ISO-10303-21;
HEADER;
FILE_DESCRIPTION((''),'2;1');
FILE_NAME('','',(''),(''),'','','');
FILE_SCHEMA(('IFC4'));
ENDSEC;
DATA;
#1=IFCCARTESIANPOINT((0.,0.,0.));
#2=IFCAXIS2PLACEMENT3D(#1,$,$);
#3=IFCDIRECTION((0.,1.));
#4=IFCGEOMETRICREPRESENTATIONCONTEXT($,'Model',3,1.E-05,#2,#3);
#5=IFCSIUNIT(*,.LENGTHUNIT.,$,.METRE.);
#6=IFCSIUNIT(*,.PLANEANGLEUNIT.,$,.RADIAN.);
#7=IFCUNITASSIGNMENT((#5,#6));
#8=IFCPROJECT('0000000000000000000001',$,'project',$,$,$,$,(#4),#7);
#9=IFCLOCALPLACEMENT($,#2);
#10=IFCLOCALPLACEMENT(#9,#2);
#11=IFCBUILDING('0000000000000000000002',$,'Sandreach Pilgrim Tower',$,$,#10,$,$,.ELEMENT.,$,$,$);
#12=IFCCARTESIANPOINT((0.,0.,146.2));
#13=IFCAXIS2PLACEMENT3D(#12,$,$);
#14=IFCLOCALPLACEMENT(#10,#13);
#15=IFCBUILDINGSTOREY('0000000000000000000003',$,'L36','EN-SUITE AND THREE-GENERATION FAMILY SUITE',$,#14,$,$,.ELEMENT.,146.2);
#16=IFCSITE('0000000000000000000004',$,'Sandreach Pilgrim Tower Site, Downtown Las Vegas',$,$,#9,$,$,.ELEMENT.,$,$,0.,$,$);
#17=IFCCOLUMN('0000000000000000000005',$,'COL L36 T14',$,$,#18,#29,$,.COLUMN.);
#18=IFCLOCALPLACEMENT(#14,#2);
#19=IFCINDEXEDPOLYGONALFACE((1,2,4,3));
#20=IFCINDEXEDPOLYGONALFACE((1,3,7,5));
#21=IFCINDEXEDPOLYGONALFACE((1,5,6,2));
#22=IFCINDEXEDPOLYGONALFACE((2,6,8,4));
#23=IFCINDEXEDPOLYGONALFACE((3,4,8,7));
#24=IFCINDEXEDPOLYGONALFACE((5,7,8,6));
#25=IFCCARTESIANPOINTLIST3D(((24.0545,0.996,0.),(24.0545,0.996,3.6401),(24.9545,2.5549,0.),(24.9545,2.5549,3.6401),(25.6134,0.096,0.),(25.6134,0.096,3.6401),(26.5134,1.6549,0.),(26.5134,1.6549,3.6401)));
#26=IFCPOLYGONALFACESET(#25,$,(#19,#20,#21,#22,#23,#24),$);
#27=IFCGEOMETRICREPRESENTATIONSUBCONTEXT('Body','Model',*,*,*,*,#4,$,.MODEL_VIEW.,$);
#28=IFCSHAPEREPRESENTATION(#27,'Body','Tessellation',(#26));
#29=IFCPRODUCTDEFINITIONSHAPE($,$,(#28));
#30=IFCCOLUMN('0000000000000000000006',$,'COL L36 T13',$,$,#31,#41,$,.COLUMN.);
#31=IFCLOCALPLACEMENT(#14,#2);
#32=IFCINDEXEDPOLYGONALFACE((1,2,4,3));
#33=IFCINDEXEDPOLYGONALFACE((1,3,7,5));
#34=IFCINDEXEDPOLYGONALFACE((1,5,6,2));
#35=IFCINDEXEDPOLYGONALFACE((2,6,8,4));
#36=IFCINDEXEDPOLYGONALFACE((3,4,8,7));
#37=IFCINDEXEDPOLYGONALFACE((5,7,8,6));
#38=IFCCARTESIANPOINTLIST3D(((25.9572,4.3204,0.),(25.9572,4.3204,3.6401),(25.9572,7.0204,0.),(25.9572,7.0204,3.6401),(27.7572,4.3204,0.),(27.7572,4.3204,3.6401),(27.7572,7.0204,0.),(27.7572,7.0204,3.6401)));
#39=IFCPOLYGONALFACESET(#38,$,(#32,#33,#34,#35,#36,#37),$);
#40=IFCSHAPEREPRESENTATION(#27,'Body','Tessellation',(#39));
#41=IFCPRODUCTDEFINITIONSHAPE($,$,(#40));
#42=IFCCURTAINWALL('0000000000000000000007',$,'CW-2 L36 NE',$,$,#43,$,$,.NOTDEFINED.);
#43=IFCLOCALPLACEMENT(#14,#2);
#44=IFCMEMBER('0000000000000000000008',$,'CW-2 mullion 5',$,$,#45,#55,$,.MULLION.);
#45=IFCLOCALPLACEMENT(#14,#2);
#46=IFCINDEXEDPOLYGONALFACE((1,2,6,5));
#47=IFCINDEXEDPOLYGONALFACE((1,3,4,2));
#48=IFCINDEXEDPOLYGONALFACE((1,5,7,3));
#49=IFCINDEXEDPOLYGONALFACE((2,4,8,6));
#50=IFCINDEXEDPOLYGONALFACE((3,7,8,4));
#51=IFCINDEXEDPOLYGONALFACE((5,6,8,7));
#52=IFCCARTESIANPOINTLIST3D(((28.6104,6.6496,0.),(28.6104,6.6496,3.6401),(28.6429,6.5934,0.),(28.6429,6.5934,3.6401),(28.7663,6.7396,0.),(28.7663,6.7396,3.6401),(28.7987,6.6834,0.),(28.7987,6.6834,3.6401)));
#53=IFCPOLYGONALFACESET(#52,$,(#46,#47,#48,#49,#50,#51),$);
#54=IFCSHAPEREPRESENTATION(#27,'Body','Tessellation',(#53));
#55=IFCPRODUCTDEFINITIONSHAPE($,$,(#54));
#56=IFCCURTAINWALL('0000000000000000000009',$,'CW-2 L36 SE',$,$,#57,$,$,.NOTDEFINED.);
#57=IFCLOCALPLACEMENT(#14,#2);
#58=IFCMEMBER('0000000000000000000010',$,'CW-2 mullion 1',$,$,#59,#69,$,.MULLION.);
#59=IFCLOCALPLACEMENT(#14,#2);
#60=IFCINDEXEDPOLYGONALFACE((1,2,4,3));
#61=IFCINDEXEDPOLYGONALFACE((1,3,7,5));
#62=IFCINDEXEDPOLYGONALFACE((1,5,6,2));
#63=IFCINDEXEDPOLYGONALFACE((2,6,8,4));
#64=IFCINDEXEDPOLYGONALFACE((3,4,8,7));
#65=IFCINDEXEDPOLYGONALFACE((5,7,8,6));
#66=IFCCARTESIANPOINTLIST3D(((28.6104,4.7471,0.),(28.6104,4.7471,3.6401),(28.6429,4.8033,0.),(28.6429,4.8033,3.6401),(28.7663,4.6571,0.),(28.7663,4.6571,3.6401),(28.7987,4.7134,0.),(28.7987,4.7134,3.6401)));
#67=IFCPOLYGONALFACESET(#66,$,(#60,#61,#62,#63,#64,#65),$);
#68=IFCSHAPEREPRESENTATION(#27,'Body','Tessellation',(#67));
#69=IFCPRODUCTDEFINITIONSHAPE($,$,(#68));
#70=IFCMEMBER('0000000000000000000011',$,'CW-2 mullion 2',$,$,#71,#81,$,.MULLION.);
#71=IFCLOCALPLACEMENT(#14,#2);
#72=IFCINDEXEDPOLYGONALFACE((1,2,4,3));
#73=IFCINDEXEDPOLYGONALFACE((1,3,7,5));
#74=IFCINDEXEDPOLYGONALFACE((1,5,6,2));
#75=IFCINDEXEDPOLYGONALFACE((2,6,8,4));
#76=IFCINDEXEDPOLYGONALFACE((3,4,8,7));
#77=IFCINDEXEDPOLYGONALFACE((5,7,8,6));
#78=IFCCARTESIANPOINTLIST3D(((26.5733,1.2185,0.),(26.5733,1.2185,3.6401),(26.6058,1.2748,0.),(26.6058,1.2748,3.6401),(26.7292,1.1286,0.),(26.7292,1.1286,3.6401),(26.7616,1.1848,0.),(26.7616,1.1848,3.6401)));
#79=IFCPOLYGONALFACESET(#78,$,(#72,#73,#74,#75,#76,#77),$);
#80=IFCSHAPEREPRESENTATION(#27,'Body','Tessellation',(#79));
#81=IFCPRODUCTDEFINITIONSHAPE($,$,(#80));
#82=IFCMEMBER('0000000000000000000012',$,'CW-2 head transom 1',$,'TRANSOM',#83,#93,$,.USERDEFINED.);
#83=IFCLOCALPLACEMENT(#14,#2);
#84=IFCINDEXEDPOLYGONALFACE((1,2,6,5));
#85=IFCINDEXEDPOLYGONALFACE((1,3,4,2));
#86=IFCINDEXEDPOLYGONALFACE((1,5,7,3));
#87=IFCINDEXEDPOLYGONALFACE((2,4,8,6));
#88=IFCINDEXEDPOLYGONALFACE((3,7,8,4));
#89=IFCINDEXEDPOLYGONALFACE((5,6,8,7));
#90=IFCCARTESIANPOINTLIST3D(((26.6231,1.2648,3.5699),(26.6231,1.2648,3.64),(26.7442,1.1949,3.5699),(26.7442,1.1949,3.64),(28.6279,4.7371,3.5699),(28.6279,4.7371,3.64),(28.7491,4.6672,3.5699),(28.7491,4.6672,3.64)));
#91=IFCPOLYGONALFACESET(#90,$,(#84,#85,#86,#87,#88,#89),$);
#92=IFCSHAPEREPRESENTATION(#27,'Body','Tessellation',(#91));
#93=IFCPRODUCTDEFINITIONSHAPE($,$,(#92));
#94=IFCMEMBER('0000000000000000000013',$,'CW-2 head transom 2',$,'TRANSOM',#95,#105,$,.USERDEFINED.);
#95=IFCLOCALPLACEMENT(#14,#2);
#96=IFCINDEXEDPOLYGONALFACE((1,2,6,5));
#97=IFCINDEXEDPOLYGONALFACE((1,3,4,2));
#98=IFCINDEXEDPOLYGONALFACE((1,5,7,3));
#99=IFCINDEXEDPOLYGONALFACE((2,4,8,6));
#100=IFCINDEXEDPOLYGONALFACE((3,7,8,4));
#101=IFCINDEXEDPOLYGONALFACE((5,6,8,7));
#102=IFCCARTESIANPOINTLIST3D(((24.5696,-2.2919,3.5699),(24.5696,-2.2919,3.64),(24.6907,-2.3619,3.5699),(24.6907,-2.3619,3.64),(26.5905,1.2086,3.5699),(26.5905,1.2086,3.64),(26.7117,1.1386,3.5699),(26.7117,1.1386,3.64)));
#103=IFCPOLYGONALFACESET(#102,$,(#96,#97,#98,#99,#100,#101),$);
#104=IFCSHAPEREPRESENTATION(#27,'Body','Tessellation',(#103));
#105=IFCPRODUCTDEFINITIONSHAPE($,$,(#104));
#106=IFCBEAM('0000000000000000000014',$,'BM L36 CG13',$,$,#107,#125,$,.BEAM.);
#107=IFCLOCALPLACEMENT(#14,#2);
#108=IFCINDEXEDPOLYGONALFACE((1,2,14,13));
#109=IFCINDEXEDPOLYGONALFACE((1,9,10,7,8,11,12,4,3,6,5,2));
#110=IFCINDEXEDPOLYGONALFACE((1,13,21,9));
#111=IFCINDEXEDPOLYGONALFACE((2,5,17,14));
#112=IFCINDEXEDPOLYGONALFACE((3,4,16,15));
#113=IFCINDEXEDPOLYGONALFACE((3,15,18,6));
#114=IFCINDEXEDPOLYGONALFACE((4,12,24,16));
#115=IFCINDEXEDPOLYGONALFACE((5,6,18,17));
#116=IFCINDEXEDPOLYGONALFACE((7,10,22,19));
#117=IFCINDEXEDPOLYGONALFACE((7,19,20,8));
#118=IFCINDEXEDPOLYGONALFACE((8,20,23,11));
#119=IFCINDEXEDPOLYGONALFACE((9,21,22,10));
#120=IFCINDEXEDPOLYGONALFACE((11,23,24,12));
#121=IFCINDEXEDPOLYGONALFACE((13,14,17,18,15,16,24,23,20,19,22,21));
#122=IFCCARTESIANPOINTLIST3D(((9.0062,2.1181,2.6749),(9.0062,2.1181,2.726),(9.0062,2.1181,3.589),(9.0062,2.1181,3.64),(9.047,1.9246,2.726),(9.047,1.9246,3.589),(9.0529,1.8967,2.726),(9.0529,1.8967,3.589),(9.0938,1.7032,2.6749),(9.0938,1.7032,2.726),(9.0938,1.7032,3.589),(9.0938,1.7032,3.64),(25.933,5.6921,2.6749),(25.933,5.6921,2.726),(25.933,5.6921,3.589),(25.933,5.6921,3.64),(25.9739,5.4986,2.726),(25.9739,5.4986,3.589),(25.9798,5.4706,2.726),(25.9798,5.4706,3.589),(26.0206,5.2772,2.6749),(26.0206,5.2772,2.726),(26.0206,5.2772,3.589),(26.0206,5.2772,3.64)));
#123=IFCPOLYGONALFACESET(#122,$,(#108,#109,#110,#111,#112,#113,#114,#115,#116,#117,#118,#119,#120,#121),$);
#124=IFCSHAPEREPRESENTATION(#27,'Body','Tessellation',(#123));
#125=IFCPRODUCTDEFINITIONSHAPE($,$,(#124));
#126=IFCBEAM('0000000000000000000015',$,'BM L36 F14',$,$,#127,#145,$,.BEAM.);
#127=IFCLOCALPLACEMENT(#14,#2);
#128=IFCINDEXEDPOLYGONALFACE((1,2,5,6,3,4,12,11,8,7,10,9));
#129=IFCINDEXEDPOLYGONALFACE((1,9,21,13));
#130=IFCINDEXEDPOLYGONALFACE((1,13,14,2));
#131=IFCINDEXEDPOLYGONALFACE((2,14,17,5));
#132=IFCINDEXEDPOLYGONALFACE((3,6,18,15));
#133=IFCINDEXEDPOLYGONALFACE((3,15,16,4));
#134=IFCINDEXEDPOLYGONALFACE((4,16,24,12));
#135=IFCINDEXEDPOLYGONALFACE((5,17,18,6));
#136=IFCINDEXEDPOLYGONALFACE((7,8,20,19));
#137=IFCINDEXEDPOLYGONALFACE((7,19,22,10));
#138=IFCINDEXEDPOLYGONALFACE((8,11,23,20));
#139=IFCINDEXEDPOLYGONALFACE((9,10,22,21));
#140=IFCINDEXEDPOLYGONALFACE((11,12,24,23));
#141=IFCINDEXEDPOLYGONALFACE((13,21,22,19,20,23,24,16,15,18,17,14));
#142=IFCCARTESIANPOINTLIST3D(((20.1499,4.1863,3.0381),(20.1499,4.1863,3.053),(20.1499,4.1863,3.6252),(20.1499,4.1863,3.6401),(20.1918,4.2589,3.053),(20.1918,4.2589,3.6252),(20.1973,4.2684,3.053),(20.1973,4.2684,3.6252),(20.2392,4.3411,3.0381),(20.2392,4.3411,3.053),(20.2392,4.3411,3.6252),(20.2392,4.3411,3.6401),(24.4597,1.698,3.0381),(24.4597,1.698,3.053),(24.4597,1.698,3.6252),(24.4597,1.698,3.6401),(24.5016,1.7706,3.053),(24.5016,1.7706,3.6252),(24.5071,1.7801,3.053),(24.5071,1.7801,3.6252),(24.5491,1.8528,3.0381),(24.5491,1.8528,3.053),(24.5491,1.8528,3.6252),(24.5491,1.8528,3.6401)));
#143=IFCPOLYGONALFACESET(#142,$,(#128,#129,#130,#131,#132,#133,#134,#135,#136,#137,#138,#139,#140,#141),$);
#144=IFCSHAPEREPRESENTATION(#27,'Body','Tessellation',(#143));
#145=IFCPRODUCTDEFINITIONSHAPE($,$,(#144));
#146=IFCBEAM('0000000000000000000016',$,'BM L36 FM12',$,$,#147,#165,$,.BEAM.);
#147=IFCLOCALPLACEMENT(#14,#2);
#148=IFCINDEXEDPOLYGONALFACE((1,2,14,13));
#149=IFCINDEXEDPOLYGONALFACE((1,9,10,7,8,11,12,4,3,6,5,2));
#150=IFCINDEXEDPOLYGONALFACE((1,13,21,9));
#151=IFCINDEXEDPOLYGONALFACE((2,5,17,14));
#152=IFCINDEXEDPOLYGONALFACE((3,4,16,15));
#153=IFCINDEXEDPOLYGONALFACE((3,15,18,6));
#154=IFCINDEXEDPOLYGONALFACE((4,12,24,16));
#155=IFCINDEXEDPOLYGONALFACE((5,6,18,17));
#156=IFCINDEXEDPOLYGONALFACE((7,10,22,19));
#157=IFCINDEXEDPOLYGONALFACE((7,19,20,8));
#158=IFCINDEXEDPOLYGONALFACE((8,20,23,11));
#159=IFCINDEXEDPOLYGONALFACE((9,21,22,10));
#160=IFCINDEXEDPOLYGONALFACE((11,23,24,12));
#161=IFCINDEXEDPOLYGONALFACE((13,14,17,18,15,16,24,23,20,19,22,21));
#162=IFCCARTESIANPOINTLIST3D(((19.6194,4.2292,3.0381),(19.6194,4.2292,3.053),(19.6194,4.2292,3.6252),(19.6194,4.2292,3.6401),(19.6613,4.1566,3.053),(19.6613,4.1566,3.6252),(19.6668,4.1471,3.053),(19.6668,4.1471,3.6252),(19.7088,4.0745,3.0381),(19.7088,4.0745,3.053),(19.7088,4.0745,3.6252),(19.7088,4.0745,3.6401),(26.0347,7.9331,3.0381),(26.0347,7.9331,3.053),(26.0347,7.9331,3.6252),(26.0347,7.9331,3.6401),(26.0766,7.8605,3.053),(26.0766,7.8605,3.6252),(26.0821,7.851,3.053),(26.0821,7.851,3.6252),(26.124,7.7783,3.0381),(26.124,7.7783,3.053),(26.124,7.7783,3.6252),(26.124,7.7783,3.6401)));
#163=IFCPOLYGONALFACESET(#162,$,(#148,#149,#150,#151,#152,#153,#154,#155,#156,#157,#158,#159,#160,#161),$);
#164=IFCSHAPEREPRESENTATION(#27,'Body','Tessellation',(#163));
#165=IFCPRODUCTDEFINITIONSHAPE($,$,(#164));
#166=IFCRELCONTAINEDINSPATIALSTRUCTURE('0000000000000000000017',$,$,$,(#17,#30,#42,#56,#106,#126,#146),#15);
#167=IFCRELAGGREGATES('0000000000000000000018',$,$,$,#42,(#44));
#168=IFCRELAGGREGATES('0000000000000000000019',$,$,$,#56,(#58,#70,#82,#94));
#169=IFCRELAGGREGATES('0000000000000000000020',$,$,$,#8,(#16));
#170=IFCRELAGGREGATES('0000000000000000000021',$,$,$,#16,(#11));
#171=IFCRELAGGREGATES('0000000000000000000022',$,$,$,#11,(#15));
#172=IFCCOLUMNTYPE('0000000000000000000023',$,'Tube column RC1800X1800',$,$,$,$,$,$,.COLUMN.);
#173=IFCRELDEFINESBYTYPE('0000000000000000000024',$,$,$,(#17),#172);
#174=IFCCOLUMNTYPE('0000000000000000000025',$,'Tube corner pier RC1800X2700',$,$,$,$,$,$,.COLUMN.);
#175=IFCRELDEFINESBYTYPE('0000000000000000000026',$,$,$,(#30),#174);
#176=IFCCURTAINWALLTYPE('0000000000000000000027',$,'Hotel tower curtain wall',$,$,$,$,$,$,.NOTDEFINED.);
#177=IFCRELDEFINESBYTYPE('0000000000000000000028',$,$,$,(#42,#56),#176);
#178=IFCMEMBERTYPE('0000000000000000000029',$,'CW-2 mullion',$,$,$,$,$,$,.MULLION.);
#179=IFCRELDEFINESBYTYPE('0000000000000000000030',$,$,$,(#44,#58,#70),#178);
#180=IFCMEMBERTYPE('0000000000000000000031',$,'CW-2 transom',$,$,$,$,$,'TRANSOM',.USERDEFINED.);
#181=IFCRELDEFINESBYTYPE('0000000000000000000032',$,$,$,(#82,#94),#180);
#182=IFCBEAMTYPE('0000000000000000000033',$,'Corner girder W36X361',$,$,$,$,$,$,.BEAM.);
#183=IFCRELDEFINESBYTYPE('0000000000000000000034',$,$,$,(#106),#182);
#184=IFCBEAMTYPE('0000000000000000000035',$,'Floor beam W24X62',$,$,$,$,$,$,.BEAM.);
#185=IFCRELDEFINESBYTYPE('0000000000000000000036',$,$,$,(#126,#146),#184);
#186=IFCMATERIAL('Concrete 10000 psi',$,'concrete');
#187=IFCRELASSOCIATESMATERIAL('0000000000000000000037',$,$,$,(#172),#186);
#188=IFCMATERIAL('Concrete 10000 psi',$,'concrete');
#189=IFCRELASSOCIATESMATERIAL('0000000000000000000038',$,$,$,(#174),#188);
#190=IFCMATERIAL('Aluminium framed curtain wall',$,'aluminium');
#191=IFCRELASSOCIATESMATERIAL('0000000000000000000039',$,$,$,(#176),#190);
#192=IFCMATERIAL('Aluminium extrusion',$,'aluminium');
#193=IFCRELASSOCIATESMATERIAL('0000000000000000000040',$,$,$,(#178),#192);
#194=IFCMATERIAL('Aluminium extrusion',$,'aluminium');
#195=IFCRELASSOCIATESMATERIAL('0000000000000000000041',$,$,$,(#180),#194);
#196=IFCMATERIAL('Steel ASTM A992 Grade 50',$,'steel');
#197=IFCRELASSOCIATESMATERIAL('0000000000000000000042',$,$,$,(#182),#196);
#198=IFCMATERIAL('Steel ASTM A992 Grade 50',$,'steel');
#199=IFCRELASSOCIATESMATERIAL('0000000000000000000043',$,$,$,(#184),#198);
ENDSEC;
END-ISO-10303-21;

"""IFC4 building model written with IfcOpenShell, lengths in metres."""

from ifc_helpers import new_model, si_unit, direction, frame, origin, origin_2d, place, context, subcontext, project, spatial, rectangle, i_section, extrude, clip, halfspace, material, material_profile, profile_set, type_object, element, aggregate, save


model = new_model("IFC4")

# Units and contexts
model_context = context("Model", 3, precision=1e-05, world=origin(), true_north=direction((0.0, 1.0)))
body_context = subcontext(model_context, "Body", "Model", "MODEL_VIEW")
ifc_project = project(units=[si_unit("LENGTHUNIT", "METRE"), si_unit("PLANEANGLEUNIT", "RADIAN")], contexts=[model_context])

# Site, building, storey
site_placement = place(None, origin())
site = spatial("IfcSite", under=ifc_project, at=site_placement, Name="Sandreach Pilgrim Tower Site, Downtown Las Vegas", CompositionType="ELEMENT", RefElevation=0.0)
building_placement = place(site_placement, origin())
building = spatial("IfcBuilding", under=site, at=building_placement, Name="Sandreach Pilgrim Tower", CompositionType="ELEMENT")
storey_placement = place(building_placement, frame((0.0, 0.0, 146.2)))
storey = spatial("IfcBuildingStorey", under=building, at=storey_placement, Name="L36", Description="EN-SUITE AND THREE-GENERATION FAMILY SUITE", CompositionType="ELEMENT", Elevation=146.2)

# Columns
ifc_material_1 = material(Name="Concrete 10000 psi", Category="concrete")
ifc_material_profile_1 = material_profile(ifc_material_1, rectangle(XDim=1.8, YDim=1.8, at=origin_2d()), Name="RC1800X1800")
ifc_profile_set_1 = profile_set([ifc_material_profile_1], Name="Concrete 10000 psi")
column_type_1 = type_object("IfcColumnType", Name="Tube column RC1800X1800", PredefinedType="COLUMN", material=ifc_profile_set_1)
column_1_placement = place(storey_placement, frame((25.2839, 1.3254, 0.0), z_axis=(0.0, 0.0, 1.0), x_axis=(0.866025, -0.5, 0.0)))
element("IfcColumn", 1, at=column_1_placement, inside=storey, type_object=column_type_1, Name="COL L36 T14", PredefinedType="COLUMN", context=body_context, shape_type="SweptSolid", body=[
    clip(extrude(rectangle(XDim=1.8, YDim=1.8, at=origin_2d()), origin(), (0.0, 0.0, 1.0), 3.73), halfspace(frame((0.0, 0.0, 3.6401)), False)),
])
ifc_material_2 = material(Name="Concrete 10000 psi", Category="concrete")
ifc_material_profile_2 = material_profile(ifc_material_2, rectangle(XDim=1.8, YDim=2.7, at=origin_2d()), Name="RC1800X2700")
ifc_profile_set_2 = profile_set([ifc_material_profile_2], Name="Concrete 10000 psi")
column_type_2 = type_object("IfcColumnType", Name="Tube corner pier RC1800X2700", PredefinedType="COLUMN", material=ifc_profile_set_2)
column_2_placement = place(storey_placement, frame((26.8572, 5.6704, 0.0), z_axis=(0.0, 0.0, 1.0), x_axis=(1.0, 0.0, 0.0)))
element("IfcColumn", 2, at=column_2_placement, inside=storey, type_object=column_type_2, Name="COL L36 T13", PredefinedType="COLUMN", context=body_context, shape_type="SweptSolid", body=[
    clip(extrude(rectangle(XDim=1.8, YDim=2.7, at=origin_2d()), origin(), (0.0, 0.0, 1.0), 3.7288), halfspace(frame((0.0, 0.0, 3.6401)), False)),
])

# Curtain wall, member
ifc_material_3 = material(Name="Aluminium framed curtain wall", Category="aluminium")
curtain_wall_type = type_object("IfcCurtainWallType", Name="Hotel tower curtain wall", PredefinedType="NOTDEFINED", material=ifc_material_3)
curtain_wall_1_placement = place(storey_placement, origin())
curtain_wall_1 = element("IfcCurtainWall", 3, at=curtain_wall_1_placement, inside=storey, type_object=curtain_wall_type, Name="CW-2 L36 NE", PredefinedType="NOTDEFINED")
ifc_material_4 = material(Name="Aluminium extrusion", Category="aluminium")
ifc_material_profile_3 = material_profile(ifc_material_4, rectangle(XDim=0.0649, YDim=0.1799, at=origin_2d()), Name="CW-2M 65X180")
ifc_profile_set_3 = profile_set([ifc_material_profile_3], Name="Aluminium extrusion")
member_type_1 = type_object("IfcMemberType", Name="CW-2 mullion", PredefinedType="MULLION", material=ifc_profile_set_3)
member_1_placement = place(storey_placement, frame((28.7046, 6.6665, 0.0), z_axis=(0.0, 0.0, 1.0), x_axis=(0.5, -0.866025, 0.0)))
member_1 = element("IfcMember", 4, at=member_1_placement, type_object=member_type_1, Name="CW-2 mullion 5", PredefinedType="MULLION", context=body_context, shape_type="SweptSolid", body=[
    extrude(rectangle(XDim=0.0649, YDim=0.1799, at=origin_2d()), origin(), (0.0, 0.0, 1.0), 3.6401),
])

# Curtain wall, members
curtain_wall_2_placement = place(storey_placement, origin())
curtain_wall_2 = element("IfcCurtainWall", 5, at=curtain_wall_2_placement, inside=storey, type_object=curtain_wall_type, Name="CW-2 L36 SE", PredefinedType="NOTDEFINED")
member_2_placement = place(storey_placement, frame((28.7046, 4.7302, 0.0), z_axis=(0.0, 0.0, 1.0), x_axis=(-0.5, -0.866025, 0.0)))
member_2 = element("IfcMember", 6, at=member_2_placement, type_object=member_type_1, Name="CW-2 mullion 1", PredefinedType="MULLION", context=body_context, shape_type="SweptSolid", body=[
    extrude(rectangle(XDim=0.0649, YDim=0.1799, at=origin_2d()), origin(), (0.0, 0.0, 1.0), 3.6401),
])
member_3_placement = place(storey_placement, frame((26.6675, 1.2017, 0.0), z_axis=(0.0, 0.0, 1.0), x_axis=(-0.5, -0.866025, 0.0)))
member_3 = element("IfcMember", 7, at=member_3_placement, type_object=member_type_1, Name="CW-2 mullion 2", PredefinedType="MULLION", context=body_context, shape_type="SweptSolid", body=[
    extrude(rectangle(XDim=0.0649, YDim=0.1799, at=origin_2d()), origin(), (0.0, 0.0, 1.0), 3.6401),
])
ifc_material_5 = material(Name="Aluminium extrusion", Category="aluminium")
ifc_material_profile_4 = material_profile(ifc_material_5, rectangle(XDim=0.1399, YDim=0.0701, at=origin_2d()), Name="CW-2T 140X70")
ifc_profile_set_4 = profile_set([ifc_material_profile_4], Name="Aluminium extrusion")
member_type_2 = type_object("IfcMemberType", Name="CW-2 transom", ElementType="TRANSOM", PredefinedType="USERDEFINED", material=ifc_profile_set_4)
member_4_placement = place(storey_placement, frame((28.6885, 4.7021, 3.605), z_axis=(-0.500016, -0.866016, 0.0), x_axis=(0.866016, -0.500016, 0.0)))
member_4 = element("IfcMember", 8, at=member_4_placement, type_object=member_type_2, Name="CW-2 head transom 1", ObjectType="TRANSOM", PredefinedType="USERDEFINED", context=body_context, shape_type="SweptSolid", body=[
    extrude(rectangle(XDim=0.1399, YDim=0.0701, at=origin_2d()), origin(), (0.0, 0.0, 1.0), 4.0095),
])
member_5_placement = place(storey_placement, frame((26.6511, 1.1736, 3.605), z_axis=(-0.499998, -0.866027, 0.0), x_axis=(0.866027, -0.499998, 0.0)))
member_5 = element("IfcMember", 9, at=member_5_placement, type_object=member_type_2, Name="CW-2 head transom 2", ObjectType="TRANSOM", PredefinedType="USERDEFINED", context=body_context, shape_type="SweptSolid", body=[
    extrude(rectangle(XDim=0.1399, YDim=0.0701, at=origin_2d()), origin(), (0.0, 0.0, 1.0), 4.042),
])

# Beams
ifc_material_6 = material(Name="Steel ASTM A992 Grade 50", Category="steel")
ifc_material_profile_5 = material_profile(ifc_material_6, i_section(OverallWidth=0.4241, OverallDepth=0.9651, WebThickness=0.0286, FlangeThickness=0.051, at=origin_2d()), Name="W36X361")
ifc_profile_set_5 = profile_set([ifc_material_profile_5], Name="Steel ASTM A992 Grade 50")
beam_type_1 = type_object("IfcBeamType", Name="Corner girder W36X361", PredefinedType="BEAM", material=ifc_profile_set_5)
beam_1_placement = place(storey_placement, frame((25.9768, 5.4846, 3.1575), z_axis=(-0.978428, -0.206589, 0.0), x_axis=(0.206589, -0.978428, 0.0)))
element("IfcBeam", 10, at=beam_1_placement, inside=storey, type_object=beam_type_1, Name="BM L36 CG13", PredefinedType="BEAM", context=body_context, shape_type="SweptSolid", body=[
    extrude(i_section(OverallWidth=0.4241, OverallDepth=0.9651, WebThickness=0.0286, FlangeThickness=0.051, at=origin_2d()), origin(), (0.0, 0.0, 1.0), 17.3),
])
ifc_material_7 = material(Name="Steel ASTM A992 Grade 50", Category="steel")
ifc_material_profile_6 = material_profile(ifc_material_7, i_section(OverallWidth=0.1787, OverallDepth=0.6021, WebThickness=0.011, FlangeThickness=0.0149, at=origin_2d()), Name="W24X62")
ifc_profile_set_6 = profile_set([ifc_material_profile_6], Name="Steel ASTM A992 Grade 50")
beam_type_2 = type_object("IfcBeamType", Name="Floor beam W24X62", PredefinedType="BEAM", material=ifc_profile_set_6)
beam_2_placement = place(storey_placement, frame((24.5044, 1.7754, 3.3391), z_axis=(-0.866025, 0.500001, 0.0), x_axis=(-0.500001, -0.866025, 0.0)))
element("IfcBeam", 11, at=beam_2_placement, inside=storey, type_object=beam_type_2, Name="BM L36 F14", PredefinedType="BEAM", context=body_context, shape_type="SweptSolid", body=[
    extrude(i_section(OverallWidth=0.1787, OverallDepth=0.6021, WebThickness=0.011, FlangeThickness=0.0149, at=origin_2d()), origin(), (0.0, 0.0, 1.0), 4.9766),
])
beam_3_placement = place(storey_placement, frame((26.0793, 7.8557, 3.3391), z_axis=(-0.866026, -0.499999, 0.0), x_axis=(0.499999, -0.866026, 0.0)))
element("IfcBeam", 12, at=beam_3_placement, inside=storey, type_object=beam_type_2, Name="BM L36 FM12", PredefinedType="BEAM", context=body_context, shape_type="SweptSolid", body=[
    extrude(i_section(OverallWidth=0.1787, OverallDepth=0.6021, WebThickness=0.011, FlangeThickness=0.0149, at=origin_2d()), origin(), (0.0, 0.0, 1.0), 7.4077),
])

aggregate(curtain_wall_1, [member_1])
aggregate(curtain_wall_2, [member_2, member_3, member_4, member_5])

save(model, "model.ifc")
